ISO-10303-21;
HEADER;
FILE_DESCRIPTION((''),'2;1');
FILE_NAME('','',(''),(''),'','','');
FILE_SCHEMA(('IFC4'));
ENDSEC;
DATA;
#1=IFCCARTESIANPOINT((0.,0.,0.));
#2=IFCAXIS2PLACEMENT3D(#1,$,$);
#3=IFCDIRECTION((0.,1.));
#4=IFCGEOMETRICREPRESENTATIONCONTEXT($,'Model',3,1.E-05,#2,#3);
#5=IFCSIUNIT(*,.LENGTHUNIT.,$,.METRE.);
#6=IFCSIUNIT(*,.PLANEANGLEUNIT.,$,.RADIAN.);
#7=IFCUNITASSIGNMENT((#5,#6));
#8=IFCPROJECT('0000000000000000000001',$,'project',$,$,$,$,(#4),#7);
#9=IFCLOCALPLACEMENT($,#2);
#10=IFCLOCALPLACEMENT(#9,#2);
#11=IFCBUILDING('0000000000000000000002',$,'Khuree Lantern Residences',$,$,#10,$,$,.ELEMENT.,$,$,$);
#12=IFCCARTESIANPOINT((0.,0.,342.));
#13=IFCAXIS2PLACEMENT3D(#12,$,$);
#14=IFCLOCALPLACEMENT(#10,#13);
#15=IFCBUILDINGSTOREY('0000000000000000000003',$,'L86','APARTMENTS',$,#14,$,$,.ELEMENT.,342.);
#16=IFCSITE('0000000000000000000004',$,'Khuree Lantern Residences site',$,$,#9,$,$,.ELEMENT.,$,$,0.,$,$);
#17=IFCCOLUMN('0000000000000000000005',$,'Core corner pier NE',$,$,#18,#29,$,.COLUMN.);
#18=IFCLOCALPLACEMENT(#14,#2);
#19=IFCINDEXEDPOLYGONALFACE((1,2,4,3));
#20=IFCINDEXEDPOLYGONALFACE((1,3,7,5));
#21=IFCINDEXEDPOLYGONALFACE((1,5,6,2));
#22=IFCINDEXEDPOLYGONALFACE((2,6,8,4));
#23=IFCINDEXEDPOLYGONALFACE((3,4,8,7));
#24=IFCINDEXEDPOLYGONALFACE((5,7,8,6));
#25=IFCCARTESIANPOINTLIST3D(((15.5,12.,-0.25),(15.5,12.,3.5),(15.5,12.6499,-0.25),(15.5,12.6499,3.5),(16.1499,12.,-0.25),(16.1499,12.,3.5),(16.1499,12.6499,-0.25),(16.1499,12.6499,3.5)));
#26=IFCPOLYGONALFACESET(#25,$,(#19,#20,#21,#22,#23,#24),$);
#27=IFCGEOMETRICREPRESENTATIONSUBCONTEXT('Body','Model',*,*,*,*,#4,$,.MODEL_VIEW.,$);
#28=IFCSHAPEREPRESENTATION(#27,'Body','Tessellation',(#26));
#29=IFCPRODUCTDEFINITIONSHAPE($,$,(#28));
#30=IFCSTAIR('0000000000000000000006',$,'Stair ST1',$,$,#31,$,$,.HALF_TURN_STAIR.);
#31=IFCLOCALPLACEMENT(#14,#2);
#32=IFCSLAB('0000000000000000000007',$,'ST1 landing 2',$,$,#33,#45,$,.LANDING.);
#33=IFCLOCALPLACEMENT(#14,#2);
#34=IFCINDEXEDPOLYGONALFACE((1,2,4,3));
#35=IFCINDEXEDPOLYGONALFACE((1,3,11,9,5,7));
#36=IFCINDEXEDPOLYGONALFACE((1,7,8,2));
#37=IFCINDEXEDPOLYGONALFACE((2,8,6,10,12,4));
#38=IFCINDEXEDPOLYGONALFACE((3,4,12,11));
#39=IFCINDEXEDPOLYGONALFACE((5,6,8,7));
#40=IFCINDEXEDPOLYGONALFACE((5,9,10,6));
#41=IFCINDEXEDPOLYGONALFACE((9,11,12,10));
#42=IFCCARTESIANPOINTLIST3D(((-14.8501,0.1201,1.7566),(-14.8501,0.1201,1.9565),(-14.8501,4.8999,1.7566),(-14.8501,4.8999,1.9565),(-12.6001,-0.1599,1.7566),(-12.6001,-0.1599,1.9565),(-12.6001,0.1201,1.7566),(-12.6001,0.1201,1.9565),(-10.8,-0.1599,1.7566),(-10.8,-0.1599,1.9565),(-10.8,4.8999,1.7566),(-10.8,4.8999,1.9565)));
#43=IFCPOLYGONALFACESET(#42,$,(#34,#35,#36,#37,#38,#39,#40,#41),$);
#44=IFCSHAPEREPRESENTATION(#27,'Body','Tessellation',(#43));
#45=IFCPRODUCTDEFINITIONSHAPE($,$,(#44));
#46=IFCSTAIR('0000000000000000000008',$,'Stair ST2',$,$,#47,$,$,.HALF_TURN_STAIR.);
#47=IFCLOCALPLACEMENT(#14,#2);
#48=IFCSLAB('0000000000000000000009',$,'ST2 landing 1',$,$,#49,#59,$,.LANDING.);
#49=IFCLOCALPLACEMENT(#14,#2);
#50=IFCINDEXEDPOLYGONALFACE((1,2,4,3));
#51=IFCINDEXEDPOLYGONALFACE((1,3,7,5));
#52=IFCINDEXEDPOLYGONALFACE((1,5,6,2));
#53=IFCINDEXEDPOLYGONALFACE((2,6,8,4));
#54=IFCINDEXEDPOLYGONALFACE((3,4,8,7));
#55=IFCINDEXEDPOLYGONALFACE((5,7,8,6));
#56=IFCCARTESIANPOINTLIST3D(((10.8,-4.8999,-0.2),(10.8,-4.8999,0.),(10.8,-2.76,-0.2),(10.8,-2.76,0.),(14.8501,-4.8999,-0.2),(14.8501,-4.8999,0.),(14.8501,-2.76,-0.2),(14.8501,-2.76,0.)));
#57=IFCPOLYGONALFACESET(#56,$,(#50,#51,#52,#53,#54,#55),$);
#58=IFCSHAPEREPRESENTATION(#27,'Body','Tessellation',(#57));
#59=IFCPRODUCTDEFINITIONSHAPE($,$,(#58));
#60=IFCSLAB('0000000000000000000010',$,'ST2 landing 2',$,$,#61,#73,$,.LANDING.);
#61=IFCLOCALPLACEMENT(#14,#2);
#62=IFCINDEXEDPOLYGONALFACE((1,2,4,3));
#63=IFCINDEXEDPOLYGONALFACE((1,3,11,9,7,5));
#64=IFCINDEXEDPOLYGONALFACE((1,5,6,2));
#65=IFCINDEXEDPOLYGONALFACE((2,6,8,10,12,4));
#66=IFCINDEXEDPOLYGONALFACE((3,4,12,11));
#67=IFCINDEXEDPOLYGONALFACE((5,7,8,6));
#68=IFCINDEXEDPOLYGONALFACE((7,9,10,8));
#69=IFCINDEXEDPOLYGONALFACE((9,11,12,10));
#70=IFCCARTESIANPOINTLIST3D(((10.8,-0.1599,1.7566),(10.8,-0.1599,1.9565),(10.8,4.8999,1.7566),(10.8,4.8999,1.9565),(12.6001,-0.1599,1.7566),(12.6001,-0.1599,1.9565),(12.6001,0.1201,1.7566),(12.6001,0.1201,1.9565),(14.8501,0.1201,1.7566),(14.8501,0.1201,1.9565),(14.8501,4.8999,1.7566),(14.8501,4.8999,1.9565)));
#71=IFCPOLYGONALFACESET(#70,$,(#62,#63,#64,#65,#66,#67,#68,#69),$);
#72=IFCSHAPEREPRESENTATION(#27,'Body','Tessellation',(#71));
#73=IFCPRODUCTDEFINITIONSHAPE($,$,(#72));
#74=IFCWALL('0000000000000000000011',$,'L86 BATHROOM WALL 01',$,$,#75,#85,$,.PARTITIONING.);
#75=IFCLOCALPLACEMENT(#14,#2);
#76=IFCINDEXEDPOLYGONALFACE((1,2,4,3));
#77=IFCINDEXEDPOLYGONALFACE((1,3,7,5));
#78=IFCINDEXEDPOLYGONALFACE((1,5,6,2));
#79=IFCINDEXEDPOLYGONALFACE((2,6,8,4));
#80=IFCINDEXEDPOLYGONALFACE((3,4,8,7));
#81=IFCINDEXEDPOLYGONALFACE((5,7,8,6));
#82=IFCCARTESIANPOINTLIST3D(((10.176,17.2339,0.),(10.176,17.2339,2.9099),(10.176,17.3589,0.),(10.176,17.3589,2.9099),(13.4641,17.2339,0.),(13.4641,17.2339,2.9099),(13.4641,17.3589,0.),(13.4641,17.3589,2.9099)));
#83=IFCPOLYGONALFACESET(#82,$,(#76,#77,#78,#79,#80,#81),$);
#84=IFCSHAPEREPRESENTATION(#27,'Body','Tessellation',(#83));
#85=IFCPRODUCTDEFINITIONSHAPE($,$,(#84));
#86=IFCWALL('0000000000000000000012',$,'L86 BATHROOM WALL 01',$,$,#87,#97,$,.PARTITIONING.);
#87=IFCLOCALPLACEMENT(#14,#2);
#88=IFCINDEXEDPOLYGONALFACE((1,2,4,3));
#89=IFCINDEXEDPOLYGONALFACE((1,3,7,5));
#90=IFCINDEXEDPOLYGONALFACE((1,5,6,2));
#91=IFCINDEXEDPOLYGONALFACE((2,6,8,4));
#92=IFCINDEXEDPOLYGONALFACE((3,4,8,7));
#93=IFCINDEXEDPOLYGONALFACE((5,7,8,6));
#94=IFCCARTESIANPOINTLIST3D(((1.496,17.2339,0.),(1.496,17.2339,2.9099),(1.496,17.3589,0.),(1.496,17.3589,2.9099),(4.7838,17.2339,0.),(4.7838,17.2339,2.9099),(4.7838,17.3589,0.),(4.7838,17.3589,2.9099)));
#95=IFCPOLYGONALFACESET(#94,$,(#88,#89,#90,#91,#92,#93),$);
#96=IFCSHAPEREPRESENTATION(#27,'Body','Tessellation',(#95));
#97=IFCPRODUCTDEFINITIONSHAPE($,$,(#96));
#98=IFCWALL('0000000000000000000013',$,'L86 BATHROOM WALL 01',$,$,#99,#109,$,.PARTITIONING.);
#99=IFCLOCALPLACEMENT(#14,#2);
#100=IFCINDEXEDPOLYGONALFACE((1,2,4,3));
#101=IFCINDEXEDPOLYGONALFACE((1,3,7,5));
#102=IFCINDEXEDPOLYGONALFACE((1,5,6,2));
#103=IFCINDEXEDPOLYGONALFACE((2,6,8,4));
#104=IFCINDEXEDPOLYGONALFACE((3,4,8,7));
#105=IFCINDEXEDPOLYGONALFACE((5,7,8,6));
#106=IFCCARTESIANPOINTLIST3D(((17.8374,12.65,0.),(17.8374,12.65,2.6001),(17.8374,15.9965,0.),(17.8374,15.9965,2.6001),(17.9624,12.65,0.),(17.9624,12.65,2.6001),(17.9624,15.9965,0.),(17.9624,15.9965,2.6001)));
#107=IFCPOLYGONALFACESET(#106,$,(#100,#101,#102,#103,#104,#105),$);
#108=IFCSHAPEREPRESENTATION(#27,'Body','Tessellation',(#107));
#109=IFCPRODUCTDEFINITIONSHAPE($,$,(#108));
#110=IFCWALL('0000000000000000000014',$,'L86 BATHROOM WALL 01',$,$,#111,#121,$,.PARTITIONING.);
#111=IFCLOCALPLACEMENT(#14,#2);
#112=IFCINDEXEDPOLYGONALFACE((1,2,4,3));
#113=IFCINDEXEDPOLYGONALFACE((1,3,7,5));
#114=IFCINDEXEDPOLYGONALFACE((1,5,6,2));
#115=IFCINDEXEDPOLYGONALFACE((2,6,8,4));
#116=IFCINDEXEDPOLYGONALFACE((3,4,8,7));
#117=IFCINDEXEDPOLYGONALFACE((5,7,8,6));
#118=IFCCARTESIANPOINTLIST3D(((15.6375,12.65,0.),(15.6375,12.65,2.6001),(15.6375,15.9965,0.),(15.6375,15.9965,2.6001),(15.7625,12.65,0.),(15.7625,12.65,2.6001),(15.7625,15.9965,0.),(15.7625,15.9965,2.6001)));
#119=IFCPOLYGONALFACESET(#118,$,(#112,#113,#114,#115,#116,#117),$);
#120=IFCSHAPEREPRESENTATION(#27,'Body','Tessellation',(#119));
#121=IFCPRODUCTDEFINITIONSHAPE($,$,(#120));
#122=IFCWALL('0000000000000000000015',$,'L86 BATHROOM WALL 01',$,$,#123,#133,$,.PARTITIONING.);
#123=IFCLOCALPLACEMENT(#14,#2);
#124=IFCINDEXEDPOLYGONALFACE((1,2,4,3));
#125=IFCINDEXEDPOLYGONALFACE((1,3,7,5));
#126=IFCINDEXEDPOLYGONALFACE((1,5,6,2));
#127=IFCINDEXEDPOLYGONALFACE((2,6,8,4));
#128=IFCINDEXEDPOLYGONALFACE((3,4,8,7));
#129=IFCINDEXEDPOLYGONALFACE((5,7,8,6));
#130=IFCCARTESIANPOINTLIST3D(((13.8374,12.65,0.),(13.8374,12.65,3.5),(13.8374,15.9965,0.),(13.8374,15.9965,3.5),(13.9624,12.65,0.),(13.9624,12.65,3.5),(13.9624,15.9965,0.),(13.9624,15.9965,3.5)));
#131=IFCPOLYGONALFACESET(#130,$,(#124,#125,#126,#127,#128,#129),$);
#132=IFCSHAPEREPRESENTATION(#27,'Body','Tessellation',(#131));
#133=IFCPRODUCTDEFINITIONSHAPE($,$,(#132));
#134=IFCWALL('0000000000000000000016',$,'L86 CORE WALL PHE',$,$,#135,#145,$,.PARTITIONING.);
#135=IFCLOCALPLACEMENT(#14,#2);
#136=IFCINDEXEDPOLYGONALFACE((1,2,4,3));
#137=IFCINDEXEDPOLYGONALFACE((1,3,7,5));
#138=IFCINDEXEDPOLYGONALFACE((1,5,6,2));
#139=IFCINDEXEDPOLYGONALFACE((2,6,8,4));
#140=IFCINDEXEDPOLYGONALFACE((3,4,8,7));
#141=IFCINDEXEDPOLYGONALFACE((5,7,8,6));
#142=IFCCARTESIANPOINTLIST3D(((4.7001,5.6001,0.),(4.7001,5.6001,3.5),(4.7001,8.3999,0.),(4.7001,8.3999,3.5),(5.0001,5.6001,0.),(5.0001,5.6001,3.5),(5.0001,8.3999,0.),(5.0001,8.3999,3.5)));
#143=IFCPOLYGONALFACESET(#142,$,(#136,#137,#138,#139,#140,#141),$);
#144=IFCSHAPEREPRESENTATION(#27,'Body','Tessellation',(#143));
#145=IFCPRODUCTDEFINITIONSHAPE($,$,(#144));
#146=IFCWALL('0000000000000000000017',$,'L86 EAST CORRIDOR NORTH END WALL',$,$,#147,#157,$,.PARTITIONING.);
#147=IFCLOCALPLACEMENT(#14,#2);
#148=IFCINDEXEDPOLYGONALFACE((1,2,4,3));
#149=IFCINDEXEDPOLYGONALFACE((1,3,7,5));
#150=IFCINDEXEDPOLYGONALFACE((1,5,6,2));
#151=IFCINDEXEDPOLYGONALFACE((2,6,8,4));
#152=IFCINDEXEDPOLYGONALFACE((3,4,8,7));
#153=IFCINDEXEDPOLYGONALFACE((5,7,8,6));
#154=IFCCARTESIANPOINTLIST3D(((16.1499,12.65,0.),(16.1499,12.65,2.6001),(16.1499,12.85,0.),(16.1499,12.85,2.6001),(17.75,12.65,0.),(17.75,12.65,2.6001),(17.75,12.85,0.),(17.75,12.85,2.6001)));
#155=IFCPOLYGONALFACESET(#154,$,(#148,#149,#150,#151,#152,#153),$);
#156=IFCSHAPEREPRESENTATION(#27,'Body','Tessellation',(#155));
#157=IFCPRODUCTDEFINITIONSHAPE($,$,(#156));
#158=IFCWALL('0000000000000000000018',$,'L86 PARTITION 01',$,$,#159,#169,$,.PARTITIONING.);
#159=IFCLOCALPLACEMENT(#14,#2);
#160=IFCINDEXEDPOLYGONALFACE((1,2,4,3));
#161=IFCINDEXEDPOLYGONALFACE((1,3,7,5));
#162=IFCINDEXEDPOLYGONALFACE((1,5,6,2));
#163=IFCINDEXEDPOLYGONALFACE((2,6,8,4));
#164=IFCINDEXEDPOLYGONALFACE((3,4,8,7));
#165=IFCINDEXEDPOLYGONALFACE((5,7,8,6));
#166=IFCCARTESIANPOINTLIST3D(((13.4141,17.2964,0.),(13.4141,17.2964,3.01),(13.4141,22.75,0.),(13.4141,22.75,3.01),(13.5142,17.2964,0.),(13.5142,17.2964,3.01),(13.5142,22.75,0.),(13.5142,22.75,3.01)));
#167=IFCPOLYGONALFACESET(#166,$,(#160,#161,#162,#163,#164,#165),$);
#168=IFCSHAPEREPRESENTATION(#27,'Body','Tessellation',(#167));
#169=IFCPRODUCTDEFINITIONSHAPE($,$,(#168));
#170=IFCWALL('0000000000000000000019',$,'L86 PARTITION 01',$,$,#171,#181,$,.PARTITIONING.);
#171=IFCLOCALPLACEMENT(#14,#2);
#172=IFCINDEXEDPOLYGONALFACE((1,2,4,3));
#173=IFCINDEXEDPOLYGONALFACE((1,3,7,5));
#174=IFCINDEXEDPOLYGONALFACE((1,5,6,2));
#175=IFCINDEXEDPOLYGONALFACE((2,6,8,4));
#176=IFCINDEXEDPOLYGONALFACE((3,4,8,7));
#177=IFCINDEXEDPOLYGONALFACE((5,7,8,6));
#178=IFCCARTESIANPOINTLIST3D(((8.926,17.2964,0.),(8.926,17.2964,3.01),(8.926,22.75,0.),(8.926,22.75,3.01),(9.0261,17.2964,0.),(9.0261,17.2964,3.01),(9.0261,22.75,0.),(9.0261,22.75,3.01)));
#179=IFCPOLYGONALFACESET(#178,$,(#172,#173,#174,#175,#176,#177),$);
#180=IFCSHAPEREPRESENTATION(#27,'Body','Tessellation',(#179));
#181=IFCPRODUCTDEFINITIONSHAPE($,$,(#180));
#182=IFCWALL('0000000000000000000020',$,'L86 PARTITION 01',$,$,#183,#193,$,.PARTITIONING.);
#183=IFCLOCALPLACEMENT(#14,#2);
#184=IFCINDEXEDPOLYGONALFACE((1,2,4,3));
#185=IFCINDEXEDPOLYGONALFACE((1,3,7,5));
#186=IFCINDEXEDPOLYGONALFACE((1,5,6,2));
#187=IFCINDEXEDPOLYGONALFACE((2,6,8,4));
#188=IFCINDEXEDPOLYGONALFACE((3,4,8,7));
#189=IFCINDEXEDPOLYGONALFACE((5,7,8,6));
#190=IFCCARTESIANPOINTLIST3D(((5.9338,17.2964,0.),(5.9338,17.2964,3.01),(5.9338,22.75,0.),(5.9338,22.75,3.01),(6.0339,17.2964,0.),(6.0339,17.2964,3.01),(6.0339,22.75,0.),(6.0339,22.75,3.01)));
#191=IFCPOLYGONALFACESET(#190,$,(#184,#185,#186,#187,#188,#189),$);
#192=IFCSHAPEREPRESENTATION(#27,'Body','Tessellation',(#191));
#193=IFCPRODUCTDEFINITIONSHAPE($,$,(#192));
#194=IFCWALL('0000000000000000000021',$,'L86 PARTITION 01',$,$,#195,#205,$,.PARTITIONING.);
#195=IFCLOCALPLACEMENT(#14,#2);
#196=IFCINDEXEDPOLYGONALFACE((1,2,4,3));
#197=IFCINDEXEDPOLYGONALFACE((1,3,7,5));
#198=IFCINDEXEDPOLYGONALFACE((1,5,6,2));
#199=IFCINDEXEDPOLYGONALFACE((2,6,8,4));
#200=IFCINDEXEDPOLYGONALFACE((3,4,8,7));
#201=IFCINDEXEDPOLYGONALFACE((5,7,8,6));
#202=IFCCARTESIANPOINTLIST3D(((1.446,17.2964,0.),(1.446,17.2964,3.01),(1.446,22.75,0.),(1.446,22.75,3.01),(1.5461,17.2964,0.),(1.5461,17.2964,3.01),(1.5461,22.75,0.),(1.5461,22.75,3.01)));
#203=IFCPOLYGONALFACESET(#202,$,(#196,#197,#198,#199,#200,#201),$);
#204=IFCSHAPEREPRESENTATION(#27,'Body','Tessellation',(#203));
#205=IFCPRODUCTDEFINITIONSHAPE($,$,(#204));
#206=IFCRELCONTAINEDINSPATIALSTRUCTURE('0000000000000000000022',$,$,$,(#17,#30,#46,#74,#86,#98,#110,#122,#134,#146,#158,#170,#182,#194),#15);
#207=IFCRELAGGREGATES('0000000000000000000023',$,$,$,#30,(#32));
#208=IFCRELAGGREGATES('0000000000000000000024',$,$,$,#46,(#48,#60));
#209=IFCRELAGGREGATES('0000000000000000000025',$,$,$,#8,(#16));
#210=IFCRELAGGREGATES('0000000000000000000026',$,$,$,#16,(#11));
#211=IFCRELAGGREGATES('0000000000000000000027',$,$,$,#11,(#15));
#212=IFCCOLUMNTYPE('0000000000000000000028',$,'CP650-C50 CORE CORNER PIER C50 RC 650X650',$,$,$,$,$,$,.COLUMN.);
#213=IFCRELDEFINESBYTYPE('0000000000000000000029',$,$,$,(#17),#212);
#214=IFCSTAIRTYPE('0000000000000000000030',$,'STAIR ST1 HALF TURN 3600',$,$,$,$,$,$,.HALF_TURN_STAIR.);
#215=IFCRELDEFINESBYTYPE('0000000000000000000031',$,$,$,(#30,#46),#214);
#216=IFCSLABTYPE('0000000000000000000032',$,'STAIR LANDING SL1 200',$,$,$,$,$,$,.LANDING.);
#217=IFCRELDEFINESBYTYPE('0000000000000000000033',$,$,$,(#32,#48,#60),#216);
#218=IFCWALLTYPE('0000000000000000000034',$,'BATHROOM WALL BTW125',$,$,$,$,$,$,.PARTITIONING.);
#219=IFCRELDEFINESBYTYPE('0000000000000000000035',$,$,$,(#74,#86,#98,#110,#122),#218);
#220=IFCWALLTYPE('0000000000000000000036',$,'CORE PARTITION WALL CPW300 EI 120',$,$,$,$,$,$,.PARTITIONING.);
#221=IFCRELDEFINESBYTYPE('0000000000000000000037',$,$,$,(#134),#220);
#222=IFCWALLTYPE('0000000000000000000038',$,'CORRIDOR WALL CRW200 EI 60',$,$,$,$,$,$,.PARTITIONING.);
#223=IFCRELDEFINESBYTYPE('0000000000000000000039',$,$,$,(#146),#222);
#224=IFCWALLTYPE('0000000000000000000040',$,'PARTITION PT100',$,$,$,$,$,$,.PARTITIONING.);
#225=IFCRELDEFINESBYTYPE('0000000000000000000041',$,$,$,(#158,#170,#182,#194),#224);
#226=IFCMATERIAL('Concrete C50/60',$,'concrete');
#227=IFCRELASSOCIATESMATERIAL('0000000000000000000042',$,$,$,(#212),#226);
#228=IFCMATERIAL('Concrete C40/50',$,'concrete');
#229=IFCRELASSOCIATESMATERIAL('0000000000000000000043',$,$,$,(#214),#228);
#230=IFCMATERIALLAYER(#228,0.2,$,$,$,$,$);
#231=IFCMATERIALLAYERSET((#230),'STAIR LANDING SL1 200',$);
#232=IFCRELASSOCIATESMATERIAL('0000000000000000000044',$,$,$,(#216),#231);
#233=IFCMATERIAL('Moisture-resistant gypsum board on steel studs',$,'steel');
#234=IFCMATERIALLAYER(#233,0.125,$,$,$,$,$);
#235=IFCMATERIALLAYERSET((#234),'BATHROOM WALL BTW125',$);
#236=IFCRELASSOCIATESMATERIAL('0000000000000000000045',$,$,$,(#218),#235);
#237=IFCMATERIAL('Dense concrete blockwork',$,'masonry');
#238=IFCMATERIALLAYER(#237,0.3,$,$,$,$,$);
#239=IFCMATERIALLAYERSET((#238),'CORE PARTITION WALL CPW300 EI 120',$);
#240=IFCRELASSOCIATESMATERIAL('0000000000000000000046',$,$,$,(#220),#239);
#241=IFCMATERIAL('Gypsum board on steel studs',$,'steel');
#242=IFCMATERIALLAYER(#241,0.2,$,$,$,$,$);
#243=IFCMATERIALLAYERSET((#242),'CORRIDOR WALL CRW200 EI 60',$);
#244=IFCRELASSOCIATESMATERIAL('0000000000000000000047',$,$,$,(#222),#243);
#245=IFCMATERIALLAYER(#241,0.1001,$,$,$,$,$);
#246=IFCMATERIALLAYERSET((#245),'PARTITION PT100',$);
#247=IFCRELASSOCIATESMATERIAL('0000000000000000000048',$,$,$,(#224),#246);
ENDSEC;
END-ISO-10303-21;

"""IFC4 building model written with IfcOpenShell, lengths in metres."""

from ifc_helpers import new_model, si_unit, direction, frame, frame_2d, origin, origin_2d, place, context, subcontext, project, spatial, polyline, rectangle, outline, extrude, material, layer, layer_set, material_profile, profile_set, type_object, element, aggregate, save


model = new_model("IFC4")

# Units and contexts
model_context = context("Model", 3, precision=1e-05, world=origin(), true_north=direction((0.0, 1.0)))
body_context = subcontext(model_context, "Body", "Model", "MODEL_VIEW")
ifc_project = project(units=[si_unit("LENGTHUNIT", "METRE"), si_unit("PLANEANGLEUNIT", "RADIAN")], contexts=[model_context])

# Site, building, storey
site_placement = place(None, origin())
site = spatial("IfcSite", under=ifc_project, at=site_placement, Name="Khuree Lantern Residences site", CompositionType="ELEMENT", RefElevation=0.0)
building_placement = place(site_placement, origin())
building = spatial("IfcBuilding", under=site, at=building_placement, Name="Khuree Lantern Residences", CompositionType="ELEMENT")
storey_placement = place(building_placement, frame((0.0, 0.0, 342.0)))
storey = spatial("IfcBuildingStorey", under=building, at=storey_placement, Name="L86", Description="APARTMENTS", CompositionType="ELEMENT", Elevation=342.0)

# Column
ifc_material_1 = material(Name="Concrete C50/60", Category="concrete")
ifc_material_profile = material_profile(ifc_material_1, rectangle(XDim=0.6499, YDim=0.6499, at=origin_2d()), Name="RC 650X650")
ifc_profile_set = profile_set([ifc_material_profile], Name="Concrete C50/60")
column_type = type_object("IfcColumnType", Name="CP650-C50 CORE CORNER PIER C50 RC 650X650", PredefinedType="COLUMN", material=ifc_profile_set)
column_placement = place(storey_placement, frame((15.825, 12.325, -0.25), z_axis=(0.0, 0.0, 1.0), x_axis=(1.0, 0.0, 0.0)))
element("IfcColumn", 1, at=column_placement, inside=storey, type_object=column_type, Name="Core corner pier NE", PredefinedType="COLUMN", context=body_context, shape_type="SweptSolid", body=[
    extrude(rectangle(XDim=0.6499, YDim=0.6499, at=origin_2d()), origin(), (0.0, 0.0, 1.0), 3.75),
])

# Stair, slab
ifc_material_2 = material(Name="Concrete C40/50", Category="concrete")
stair_type = type_object("IfcStairType", Name="STAIR ST1 HALF TURN 3600", PredefinedType="HALF_TURN_STAIR", material=ifc_material_2)
stair_1_placement = place(storey_placement, origin())
stair_1 = element("IfcStair", 2, at=stair_1_placement, inside=storey, type_object=stair_type, Name="Stair ST1", PredefinedType="HALF_TURN_STAIR")
ifc_layer_1 = layer(ifc_material_2, 0.2)
ifc_layer_set_1 = layer_set([ifc_layer_1], Name="STAIR LANDING SL1 200")
slab_type = type_object("IfcSlabType", Name="STAIR LANDING SL1 200", PredefinedType="LANDING", material=ifc_layer_set_1)
slab_1_placement = place(storey_placement, frame((0.0, 0.0, 1.7566)))
slab_1 = element("IfcSlab", 3, at=slab_1_placement, type_object=slab_type, Name="ST1 landing 2", PredefinedType="LANDING", context=body_context, shape_type="SweptSolid", body=[
    extrude(outline(polyline([(-14.8501, 0.1201), (-14.8501, 4.8999), (-10.8, 4.8999), (-10.8, -0.1599), (-12.6001, -0.1599), (-12.6001, 0.1201), (-14.8501, 0.1201)])), origin(), (0.0, 0.0, 1.0), 0.2),
])
aggregate(stair_1, [slab_1])

# Stair, slabs
stair_2_placement = place(storey_placement, origin())
stair_2 = element("IfcStair", 4, at=stair_2_placement, inside=storey, type_object=stair_type, Name="Stair ST2", PredefinedType="HALF_TURN_STAIR")
slab_2_placement = place(storey_placement, frame((0.0, 0.0, -0.2)))
slab_2 = element("IfcSlab", 5, at=slab_2_placement, type_object=slab_type, Name="ST2 landing 1", PredefinedType="LANDING", context=body_context, shape_type="SweptSolid", body=[
    extrude(outline(polyline([(10.8, -4.8999), (14.8501, -4.8999), (14.8501, -2.76), (10.8, -2.76), (10.8, -4.8999)])), origin(), (0.0, 0.0, 1.0), 0.2),
])
slab_3_placement = place(storey_placement, frame((0.0, 0.0, 1.7566)))
slab_3 = element("IfcSlab", 6, at=slab_3_placement, type_object=slab_type, Name="ST2 landing 2", PredefinedType="LANDING", context=body_context, shape_type="SweptSolid", body=[
    extrude(outline(polyline([(14.8501, 4.8999), (14.8501, 0.1201), (12.6001, 0.1201), (12.6001, -0.1599), (10.8, -0.1599), (10.8, 4.8999), (14.8501, 4.8999)])), origin(), (0.0, 0.0, 1.0), 0.2),
])
aggregate(stair_2, [slab_2, slab_3])

# Walls
ifc_material_3 = material(Name="Moisture-resistant gypsum board on steel studs", Category="steel")
ifc_layer_2 = layer(ifc_material_3, 0.125)
ifc_layer_set_2 = layer_set([ifc_layer_2], Name="BATHROOM WALL BTW125")
wall_type_1 = type_object("IfcWallType", Name="BATHROOM WALL BTW125", PredefinedType="PARTITIONING", material=ifc_layer_set_2)
wall_1_placement = place(storey_placement, frame((13.4641, 17.2964, 0.0), z_axis=(0.0, 0.0, 1.0), x_axis=(-1.0, 0.0, 0.0)))
element("IfcWall", 7, at=wall_1_placement, inside=storey, type_object=wall_type_1, Name="L86 BATHROOM WALL 01", PredefinedType="PARTITIONING", context=body_context, shape_type="SweptSolid", body=[
    extrude(rectangle(XDim=3.2881, YDim=0.125, at=frame_2d((1.644, 0.0))), origin(), (0.0, 0.0, 1.0), 2.9099),
])
wall_2_placement = place(storey_placement, frame((4.7839, 17.2964, 0.0), z_axis=(0.0, 0.0, 1.0), x_axis=(-1.0, 0.0, 0.0)))
element("IfcWall", 8, at=wall_2_placement, inside=storey, type_object=wall_type_1, Name="L86 BATHROOM WALL 01", PredefinedType="PARTITIONING", context=body_context, shape_type="SweptSolid", body=[
    extrude(rectangle(XDim=3.2878, YDim=0.125, at=frame_2d((1.644, 0.0))), origin(), (0.0, 0.0, 1.0), 2.9099),
])
for number, where, z_axis, x_axis, name in (
    (9, (17.8999, 12.6499, 0.0), (0.0, 0.0, 1.0), (0.0, 1.0, 0.0), "L86 BATHROOM WALL 01"),
    (10, (15.7, 12.6499, 0.0), (0.0, 0.0, 1.0), (0.0, 1.0, 0.0), "L86 BATHROOM WALL 01"),
):
    element("IfcWall", number, at=place(storey_placement, frame(where, z_axis=z_axis, x_axis=x_axis)), inside=storey, type_object=wall_type_1, Name=name, PredefinedType="PARTITIONING", context=body_context, shape_type="SweptSolid", body=[
        extrude(rectangle(XDim=3.3464, YDim=0.125, at=frame_2d((1.6733, 0.0))), origin(), (0.0, 0.0, 1.0), 2.6001),
    ])
wall_3_placement = place(storey_placement, frame((13.8999, 12.6499, 0.0), z_axis=(0.0, 0.0, 1.0), x_axis=(0.0, 1.0, 0.0)))
element("IfcWall", 11, at=wall_3_placement, inside=storey, type_object=wall_type_1, Name="L86 BATHROOM WALL 01", PredefinedType="PARTITIONING", context=body_context, shape_type="SweptSolid", body=[
    extrude(rectangle(XDim=3.3464, YDim=0.125, at=frame_2d((1.6733, 0.0))), origin(), (0.0, 0.0, 1.0), 3.5),
])
ifc_material_4 = material(Name="Dense concrete blockwork", Category="masonry")
ifc_layer_3 = layer(ifc_material_4, 0.3)
ifc_layer_set_3 = layer_set([ifc_layer_3], Name="CORE PARTITION WALL CPW300 EI 120")
wall_type_2 = type_object("IfcWallType", Name="CORE PARTITION WALL CPW300 EI 120", PredefinedType="PARTITIONING", material=ifc_layer_set_3)
wall_4_placement = place(storey_placement, frame((4.8501, 5.6001, 0.0), z_axis=(0.0, 0.0, 1.0), x_axis=(0.0, 1.0, 0.0)))
element("IfcWall", 12, at=wall_4_placement, inside=storey, type_object=wall_type_2, Name="L86 CORE WALL PHE", PredefinedType="PARTITIONING", context=body_context, shape_type="SweptSolid", body=[
    extrude(rectangle(XDim=2.7998, YDim=0.3, at=frame_2d((1.3999, 0.0))), origin(), (0.0, 0.0, 1.0), 3.5),
])
ifc_material_5 = material(Name="Gypsum board on steel studs", Category="steel")
ifc_layer_4 = layer(ifc_material_5, 0.2)
ifc_layer_set_4 = layer_set([ifc_layer_4], Name="CORRIDOR WALL CRW200 EI 60")
wall_type_3 = type_object("IfcWallType", Name="CORRIDOR WALL CRW200 EI 60", PredefinedType="PARTITIONING", material=ifc_layer_set_4)
wall_5_placement = place(storey_placement, frame((16.1499, 12.75, 0.0), z_axis=(0.0, 0.0, 1.0), x_axis=(1.0, 0.0, 0.0)))
element("IfcWall", 13, at=wall_5_placement, inside=storey, type_object=wall_type_3, Name="L86 EAST CORRIDOR NORTH END WALL", PredefinedType="PARTITIONING", context=body_context, shape_type="SweptSolid", body=[
    extrude(rectangle(XDim=1.6001, YDim=0.2, at=frame_2d((0.8, 0.0))), origin(), (0.0, 0.0, 1.0), 2.6001),
])
ifc_layer_5 = layer(ifc_material_5, 0.1001)
ifc_layer_set_5 = layer_set([ifc_layer_5], Name="PARTITION PT100")
wall_type_4 = type_object("IfcWallType", Name="PARTITION PT100", PredefinedType="PARTITIONING", material=ifc_layer_set_5)
for number, where, z_axis, x_axis, name in (
    (14, (13.4641, 17.2964, 0.0), (0.0, 0.0, 1.0), (0.0, 1.0, 0.0), "L86 PARTITION 01"),
    (15, (8.9761, 17.2964, 0.0), (0.0, 0.0, 1.0), (0.0, 1.0, 0.0), "L86 PARTITION 01"),
    (16, (5.9839, 17.2964, 0.0), (0.0, 0.0, 1.0), (0.0, 1.0, 0.0), "L86 PARTITION 01"),
    (17, (1.4961, 17.2964, 0.0), (0.0, 0.0, 1.0), (0.0, 1.0, 0.0), "L86 PARTITION 01"),
):
    element("IfcWall", number, at=place(storey_placement, frame(where, z_axis=z_axis, x_axis=x_axis)), inside=storey, type_object=wall_type_4, Name=name, PredefinedType="PARTITIONING", context=body_context, shape_type="SweptSolid", body=[
        extrude(rectangle(XDim=5.4536, YDim=0.1001, at=frame_2d((2.7268, 0.0))), origin(), (0.0, 0.0, 1.0), 3.01),
    ])

save(model, "model.ifc")
